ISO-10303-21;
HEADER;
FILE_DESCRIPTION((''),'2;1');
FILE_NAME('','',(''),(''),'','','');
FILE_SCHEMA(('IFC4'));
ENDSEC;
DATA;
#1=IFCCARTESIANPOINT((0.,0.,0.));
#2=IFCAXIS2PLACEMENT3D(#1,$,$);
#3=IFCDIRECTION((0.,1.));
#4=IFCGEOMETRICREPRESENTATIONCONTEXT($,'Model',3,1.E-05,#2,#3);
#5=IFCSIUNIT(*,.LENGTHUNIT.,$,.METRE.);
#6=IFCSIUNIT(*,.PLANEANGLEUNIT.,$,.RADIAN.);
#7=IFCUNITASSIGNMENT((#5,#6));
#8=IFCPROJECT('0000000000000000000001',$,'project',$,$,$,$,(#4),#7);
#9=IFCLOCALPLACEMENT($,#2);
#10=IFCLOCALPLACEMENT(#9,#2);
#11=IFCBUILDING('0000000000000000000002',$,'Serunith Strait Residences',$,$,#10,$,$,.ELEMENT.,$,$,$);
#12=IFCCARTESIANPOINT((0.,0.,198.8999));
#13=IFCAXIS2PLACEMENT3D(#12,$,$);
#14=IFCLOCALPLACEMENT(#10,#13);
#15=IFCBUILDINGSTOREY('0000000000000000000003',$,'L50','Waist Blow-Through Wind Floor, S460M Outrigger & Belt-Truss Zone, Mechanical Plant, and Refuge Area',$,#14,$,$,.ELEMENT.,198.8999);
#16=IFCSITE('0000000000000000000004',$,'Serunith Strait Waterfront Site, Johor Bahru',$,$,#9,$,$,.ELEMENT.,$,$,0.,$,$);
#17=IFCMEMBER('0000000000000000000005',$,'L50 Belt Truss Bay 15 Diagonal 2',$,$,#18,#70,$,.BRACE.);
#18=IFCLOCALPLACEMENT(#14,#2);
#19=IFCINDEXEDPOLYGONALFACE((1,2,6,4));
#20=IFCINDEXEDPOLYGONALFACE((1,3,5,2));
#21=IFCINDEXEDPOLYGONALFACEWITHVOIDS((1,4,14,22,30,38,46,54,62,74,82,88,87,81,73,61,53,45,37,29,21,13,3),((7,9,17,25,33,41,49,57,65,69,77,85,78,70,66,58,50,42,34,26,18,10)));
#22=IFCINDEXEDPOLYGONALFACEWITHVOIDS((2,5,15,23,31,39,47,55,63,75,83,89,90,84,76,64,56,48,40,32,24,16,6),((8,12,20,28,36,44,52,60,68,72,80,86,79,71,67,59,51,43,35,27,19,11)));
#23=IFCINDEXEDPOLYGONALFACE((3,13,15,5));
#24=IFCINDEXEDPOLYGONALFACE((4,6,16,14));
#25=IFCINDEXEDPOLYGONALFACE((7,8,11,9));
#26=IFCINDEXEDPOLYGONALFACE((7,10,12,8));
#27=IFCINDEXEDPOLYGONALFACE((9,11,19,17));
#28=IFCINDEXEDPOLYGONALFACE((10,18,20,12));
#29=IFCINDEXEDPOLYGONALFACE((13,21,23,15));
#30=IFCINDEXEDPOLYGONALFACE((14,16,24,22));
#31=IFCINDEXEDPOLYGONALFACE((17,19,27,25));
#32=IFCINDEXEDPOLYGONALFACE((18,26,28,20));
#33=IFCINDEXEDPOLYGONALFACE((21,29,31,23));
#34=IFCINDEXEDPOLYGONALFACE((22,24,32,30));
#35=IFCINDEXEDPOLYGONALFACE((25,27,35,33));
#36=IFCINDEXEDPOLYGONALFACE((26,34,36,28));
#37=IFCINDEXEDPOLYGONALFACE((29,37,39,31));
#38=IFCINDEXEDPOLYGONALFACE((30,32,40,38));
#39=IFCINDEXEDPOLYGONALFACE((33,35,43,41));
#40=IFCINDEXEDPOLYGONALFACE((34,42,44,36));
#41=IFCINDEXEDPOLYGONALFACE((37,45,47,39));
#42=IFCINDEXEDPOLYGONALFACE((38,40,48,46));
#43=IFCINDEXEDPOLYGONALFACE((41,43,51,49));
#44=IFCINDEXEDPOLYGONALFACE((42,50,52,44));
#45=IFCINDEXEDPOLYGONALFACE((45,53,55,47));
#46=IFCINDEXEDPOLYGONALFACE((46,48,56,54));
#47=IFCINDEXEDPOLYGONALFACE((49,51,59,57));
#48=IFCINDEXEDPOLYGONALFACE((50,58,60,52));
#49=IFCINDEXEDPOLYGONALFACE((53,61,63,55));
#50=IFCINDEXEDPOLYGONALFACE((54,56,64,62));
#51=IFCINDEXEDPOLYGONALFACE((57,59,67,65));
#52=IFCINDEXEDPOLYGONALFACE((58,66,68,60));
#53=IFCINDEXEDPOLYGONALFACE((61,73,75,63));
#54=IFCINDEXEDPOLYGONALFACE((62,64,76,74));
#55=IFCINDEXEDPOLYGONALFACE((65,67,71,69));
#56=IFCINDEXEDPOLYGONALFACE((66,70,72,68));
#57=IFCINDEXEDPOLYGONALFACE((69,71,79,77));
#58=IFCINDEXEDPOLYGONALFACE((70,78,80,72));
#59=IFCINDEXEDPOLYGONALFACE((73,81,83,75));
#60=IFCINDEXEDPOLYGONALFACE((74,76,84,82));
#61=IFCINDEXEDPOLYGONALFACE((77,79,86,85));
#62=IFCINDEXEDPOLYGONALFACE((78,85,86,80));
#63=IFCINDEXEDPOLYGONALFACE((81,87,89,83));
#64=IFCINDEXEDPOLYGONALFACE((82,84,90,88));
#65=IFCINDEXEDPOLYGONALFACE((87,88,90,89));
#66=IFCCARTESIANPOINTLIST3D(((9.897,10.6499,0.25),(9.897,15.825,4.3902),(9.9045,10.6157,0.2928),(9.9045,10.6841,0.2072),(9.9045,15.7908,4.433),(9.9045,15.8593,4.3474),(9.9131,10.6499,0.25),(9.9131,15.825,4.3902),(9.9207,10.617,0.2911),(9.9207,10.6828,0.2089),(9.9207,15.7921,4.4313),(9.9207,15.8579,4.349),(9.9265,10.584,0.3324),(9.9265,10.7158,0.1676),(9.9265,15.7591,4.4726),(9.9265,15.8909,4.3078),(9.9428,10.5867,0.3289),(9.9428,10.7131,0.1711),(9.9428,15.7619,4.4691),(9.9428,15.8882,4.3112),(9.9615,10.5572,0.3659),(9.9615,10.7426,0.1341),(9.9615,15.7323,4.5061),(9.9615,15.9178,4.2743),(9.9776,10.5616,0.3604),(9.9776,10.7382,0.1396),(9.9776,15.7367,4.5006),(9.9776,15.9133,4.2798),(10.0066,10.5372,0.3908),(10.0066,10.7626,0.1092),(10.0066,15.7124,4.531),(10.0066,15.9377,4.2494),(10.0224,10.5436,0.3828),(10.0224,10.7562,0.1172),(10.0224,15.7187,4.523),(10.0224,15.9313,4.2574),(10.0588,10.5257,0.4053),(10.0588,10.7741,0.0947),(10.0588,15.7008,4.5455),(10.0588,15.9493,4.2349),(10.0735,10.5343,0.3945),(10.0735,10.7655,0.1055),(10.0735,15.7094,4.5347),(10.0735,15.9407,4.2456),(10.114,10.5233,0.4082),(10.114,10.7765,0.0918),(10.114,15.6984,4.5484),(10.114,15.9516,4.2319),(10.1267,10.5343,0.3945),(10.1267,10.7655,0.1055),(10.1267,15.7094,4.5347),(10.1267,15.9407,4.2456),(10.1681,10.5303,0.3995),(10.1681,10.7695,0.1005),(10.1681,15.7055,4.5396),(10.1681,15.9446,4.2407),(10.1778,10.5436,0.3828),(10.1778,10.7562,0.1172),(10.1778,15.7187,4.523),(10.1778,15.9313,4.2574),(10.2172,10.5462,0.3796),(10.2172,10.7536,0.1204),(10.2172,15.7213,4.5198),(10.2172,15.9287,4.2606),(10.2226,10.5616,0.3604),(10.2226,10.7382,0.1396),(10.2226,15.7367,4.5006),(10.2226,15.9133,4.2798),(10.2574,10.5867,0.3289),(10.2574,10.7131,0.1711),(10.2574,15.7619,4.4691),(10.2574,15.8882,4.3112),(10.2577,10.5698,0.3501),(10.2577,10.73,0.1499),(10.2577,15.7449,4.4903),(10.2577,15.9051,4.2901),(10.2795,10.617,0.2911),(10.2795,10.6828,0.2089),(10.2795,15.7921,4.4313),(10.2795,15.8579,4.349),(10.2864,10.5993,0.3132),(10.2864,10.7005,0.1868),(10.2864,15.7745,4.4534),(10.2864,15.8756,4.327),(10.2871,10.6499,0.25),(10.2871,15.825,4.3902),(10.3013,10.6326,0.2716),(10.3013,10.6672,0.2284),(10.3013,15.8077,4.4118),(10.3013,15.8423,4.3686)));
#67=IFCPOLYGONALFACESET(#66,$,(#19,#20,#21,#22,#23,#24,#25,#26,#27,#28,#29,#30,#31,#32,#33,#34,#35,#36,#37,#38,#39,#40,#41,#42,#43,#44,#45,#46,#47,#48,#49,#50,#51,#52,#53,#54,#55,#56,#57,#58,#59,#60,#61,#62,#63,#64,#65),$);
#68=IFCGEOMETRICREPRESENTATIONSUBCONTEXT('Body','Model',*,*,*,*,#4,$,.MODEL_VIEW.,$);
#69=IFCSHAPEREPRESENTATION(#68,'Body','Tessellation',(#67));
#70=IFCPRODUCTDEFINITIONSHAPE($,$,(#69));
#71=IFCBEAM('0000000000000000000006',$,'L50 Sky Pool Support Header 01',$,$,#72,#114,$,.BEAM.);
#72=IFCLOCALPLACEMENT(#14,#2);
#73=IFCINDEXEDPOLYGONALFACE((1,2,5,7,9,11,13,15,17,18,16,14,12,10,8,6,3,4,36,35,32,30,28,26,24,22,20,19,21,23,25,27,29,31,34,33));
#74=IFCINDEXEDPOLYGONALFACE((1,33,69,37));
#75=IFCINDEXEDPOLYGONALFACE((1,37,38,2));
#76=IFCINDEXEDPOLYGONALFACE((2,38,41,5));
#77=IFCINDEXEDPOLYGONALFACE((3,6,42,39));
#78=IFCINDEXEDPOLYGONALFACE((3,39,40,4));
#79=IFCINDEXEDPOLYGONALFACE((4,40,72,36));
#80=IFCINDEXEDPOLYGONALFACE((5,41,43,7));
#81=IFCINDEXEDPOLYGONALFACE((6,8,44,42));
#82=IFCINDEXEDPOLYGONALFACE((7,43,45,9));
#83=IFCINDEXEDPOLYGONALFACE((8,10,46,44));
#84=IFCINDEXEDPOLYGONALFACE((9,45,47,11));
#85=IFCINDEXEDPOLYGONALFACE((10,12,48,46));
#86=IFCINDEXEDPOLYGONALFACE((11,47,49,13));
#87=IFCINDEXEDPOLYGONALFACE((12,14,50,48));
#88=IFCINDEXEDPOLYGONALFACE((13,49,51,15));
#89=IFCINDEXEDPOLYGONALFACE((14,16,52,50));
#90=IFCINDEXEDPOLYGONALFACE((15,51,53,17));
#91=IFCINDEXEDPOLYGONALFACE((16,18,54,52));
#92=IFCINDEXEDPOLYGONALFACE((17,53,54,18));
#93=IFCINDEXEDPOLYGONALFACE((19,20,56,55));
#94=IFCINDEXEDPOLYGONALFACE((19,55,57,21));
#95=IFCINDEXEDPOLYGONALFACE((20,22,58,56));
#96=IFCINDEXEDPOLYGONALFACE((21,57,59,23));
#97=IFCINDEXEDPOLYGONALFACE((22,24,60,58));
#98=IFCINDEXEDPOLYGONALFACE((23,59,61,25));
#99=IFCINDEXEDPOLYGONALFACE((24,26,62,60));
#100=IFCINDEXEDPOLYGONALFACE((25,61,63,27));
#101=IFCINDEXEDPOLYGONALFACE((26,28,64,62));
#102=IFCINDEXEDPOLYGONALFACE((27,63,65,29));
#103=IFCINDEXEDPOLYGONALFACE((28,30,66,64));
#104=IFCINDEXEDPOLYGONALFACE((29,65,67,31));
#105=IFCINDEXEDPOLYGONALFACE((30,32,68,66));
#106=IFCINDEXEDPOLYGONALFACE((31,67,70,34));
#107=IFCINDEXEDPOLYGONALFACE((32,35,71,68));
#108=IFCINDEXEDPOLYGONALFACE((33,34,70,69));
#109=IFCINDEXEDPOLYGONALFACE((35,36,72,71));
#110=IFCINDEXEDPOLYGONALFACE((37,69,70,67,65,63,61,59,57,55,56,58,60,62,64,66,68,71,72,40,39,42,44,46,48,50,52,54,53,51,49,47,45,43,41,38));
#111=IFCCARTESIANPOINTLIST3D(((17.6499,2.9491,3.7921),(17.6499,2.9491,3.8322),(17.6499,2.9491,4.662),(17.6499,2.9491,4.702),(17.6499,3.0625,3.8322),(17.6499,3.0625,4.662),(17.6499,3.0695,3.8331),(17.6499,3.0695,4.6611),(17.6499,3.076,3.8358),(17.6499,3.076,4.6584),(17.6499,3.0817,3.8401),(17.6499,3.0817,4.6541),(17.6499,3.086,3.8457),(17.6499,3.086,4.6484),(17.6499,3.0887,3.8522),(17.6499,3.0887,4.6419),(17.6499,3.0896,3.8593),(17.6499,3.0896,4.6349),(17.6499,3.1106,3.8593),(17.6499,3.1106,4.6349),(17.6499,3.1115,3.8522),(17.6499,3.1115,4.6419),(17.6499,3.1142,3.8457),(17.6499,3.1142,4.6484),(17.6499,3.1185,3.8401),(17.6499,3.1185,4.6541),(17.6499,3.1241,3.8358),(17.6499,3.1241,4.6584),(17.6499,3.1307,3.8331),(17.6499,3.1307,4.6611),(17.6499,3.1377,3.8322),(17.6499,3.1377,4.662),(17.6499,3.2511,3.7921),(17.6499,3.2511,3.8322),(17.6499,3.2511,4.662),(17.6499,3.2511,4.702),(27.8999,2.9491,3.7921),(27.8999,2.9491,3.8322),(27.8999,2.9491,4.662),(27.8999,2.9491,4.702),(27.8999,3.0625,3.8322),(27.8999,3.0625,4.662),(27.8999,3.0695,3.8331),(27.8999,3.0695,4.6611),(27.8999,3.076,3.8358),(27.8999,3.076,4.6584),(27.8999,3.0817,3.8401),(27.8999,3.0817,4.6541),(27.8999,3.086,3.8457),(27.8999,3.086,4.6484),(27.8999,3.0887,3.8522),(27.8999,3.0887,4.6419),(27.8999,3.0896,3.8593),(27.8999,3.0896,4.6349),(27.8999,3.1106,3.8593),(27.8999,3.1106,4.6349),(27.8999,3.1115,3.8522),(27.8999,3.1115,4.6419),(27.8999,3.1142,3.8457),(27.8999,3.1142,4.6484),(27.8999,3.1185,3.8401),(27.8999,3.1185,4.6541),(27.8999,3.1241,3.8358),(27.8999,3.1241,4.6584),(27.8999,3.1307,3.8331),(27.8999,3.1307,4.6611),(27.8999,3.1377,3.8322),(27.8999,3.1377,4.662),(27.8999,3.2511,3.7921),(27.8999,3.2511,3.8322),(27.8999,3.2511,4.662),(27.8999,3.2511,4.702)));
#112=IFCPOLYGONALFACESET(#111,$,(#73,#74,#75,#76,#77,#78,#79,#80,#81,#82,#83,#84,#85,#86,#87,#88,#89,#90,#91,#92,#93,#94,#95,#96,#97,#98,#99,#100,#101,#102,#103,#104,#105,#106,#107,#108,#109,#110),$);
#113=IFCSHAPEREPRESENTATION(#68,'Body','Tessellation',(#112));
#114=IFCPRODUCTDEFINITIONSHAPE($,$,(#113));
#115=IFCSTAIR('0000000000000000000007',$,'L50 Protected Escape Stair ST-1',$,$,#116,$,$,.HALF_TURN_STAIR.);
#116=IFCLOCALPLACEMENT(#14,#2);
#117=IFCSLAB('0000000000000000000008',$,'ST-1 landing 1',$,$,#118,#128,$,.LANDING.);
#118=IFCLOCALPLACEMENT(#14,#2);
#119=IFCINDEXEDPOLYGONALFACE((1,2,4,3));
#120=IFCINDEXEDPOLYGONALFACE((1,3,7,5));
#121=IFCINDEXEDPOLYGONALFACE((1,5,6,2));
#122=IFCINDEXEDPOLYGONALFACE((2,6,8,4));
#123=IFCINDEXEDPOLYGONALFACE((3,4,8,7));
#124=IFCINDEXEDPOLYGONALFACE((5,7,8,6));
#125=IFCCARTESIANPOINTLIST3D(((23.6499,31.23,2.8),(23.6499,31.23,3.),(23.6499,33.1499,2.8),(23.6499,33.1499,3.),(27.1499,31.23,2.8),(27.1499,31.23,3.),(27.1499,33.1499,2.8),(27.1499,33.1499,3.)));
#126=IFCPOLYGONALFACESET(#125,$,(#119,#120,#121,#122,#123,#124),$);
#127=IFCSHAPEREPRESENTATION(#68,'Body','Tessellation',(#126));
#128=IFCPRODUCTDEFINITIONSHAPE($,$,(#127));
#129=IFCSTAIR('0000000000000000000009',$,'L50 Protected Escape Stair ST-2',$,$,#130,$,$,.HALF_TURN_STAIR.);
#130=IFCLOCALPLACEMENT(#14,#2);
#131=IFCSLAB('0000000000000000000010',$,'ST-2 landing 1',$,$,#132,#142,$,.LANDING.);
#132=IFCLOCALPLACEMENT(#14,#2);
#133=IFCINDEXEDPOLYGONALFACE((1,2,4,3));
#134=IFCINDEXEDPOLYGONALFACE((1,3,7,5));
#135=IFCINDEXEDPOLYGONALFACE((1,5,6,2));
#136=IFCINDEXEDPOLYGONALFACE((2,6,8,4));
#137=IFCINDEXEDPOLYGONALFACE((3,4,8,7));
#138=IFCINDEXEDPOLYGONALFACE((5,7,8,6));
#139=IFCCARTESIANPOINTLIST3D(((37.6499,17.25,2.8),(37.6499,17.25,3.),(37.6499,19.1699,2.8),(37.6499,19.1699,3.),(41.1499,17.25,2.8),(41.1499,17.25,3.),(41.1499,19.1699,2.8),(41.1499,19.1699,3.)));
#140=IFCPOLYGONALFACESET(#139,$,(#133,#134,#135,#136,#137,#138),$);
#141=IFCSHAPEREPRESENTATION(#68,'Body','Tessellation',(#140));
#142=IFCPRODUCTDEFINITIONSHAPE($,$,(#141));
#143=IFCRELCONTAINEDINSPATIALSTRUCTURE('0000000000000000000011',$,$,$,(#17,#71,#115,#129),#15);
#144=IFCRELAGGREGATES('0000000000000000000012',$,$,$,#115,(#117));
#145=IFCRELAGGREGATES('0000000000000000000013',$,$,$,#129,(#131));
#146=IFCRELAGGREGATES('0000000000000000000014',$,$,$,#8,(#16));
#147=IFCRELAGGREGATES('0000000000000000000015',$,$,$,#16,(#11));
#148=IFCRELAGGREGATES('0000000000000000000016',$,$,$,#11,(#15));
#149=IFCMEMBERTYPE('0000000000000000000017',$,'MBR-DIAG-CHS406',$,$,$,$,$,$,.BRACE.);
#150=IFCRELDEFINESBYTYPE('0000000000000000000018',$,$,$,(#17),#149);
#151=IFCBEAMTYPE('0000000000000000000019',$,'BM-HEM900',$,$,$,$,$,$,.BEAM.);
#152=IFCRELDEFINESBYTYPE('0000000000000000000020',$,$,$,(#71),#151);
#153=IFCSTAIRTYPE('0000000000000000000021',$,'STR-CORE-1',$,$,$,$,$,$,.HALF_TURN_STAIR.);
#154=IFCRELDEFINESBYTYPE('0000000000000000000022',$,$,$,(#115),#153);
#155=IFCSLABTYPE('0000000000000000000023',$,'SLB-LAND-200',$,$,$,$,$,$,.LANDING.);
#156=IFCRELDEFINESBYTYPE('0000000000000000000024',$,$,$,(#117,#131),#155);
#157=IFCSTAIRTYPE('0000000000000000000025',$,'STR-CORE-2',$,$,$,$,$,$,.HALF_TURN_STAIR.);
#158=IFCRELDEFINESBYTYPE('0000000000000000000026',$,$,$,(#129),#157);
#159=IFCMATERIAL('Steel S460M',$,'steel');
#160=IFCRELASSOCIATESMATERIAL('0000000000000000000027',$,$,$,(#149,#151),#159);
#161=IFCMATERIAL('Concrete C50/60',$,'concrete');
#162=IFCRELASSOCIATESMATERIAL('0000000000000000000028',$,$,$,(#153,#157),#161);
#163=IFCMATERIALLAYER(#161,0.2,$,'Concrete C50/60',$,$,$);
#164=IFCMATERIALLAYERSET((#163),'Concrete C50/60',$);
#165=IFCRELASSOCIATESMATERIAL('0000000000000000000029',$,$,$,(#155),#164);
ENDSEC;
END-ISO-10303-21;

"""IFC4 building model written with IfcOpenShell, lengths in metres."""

from ifc_helpers import new_model, si_unit, direction, frame, origin, origin_2d, place, context, subcontext, project, spatial, polyline, hollow_circle, i_section, outline, extrude, source, transform, mapped, material, layer, layer_set, material_profile, profile_set, type_object, element, aggregate, save


model = new_model("IFC4")

# Units and contexts
model_context = context("Model", 3, precision=1e-05, world=origin(), true_north=direction((0.0, 1.0)))
body_context = subcontext(model_context, "Body", "Model", "MODEL_VIEW")
ifc_project = project(units=[si_unit("LENGTHUNIT", "METRE"), si_unit("PLANEANGLEUNIT", "RADIAN")], contexts=[model_context])

# Site, building, storey
site_placement = place(None, origin())
site = spatial("IfcSite", under=ifc_project, at=site_placement, Name="Serunith Strait Waterfront Site, Johor Bahru", CompositionType="ELEMENT", RefElevation=0.0)
building_placement = place(site_placement, origin())
building = spatial("IfcBuilding", under=site, at=building_placement, Name="Serunith Strait Residences", CompositionType="ELEMENT")
storey_placement = place(building_placement, frame((0.0, 0.0, 198.8999)))
storey = spatial("IfcBuildingStorey", under=building, at=storey_placement, Name="L50", Description="Waist Blow-Through Wind Floor, S460M Outrigger & Belt-Truss Zone, Mechanical Plant, and Refuge Area", CompositionType="ELEMENT", Elevation=198.8999)

# Member
ifc_material_1 = material(Name="Steel S460M", Category="steel")
ifc_material_profile_1 = material_profile(ifc_material_1, hollow_circle(Radius=0.2031, WallThickness=0.0161, at=origin_2d()), Name="CHS 406.4x16")
ifc_profile_set_1 = profile_set([ifc_material_profile_1], Name="Steel S460M")
member_type_1 = type_object("IfcMemberType", Name="MBR-DIAG-CHS406", PredefinedType="BRACE", material=ifc_profile_set_1)
shared_shape_1 = source(origin(), body_context, "Body", "SweptSolid", [
    extrude(hollow_circle(Radius=0.2031, WallThickness=0.0161, at=origin_2d()), origin(), (0.0, 0.0, 1.0), 6.6274),
])
member_1_placement = place(storey_placement, frame((10.1001, 10.6499, 0.25), z_axis=(0.0, 0.780862, 0.624704), x_axis=(-1.0, 0.0, 0.0)))
element("IfcMember", 1, at=member_1_placement, inside=storey, type_object=member_type_1, Name="L50 Belt Truss Bay 15 Diagonal 2", PredefinedType="BRACE", context=body_context, shape_type="MappedRepresentation", body=[
    mapped(shared_shape_1, transform((0.0, 0.0, 0.0), scale=1.0)),
])

# Beam
ifc_material_profile_2 = material_profile(ifc_material_1, i_section(OverallWidth=0.302, OverallDepth=0.9099, WebThickness=0.021, FlangeThickness=0.04, FilletRadius=0.0271, at=origin_2d()), Name="HEM 900")
ifc_profile_set_2 = profile_set([ifc_material_profile_2], Name="Steel S460M")
beam_type_1 = type_object("IfcBeamType", Name="BM-HEM900", PredefinedType="BEAM", material=ifc_profile_set_2)
shared_shape_2 = source(origin(), body_context, "Body", "SweptSolid", [
    extrude(i_section(OverallWidth=0.302, OverallDepth=0.9099, WebThickness=0.021, FlangeThickness=0.04, FilletRadius=0.0271, at=origin_2d()), origin(), (0.0, 0.0, 1.0), 10.25),
])
beam_1_placement = place(storey_placement, frame((17.6499, 3.1001, 4.2471), z_axis=(1.0, 0.0, 0.0), x_axis=(0.0, 1.0, 0.0)))
element("IfcBeam", 2, at=beam_1_placement, inside=storey, type_object=beam_type_1, Name="L50 Sky Pool Support Header 01", PredefinedType="BEAM", context=body_context, shape_type="MappedRepresentation", body=[
    mapped(shared_shape_2, transform((0.0, 0.0, 0.0), scale=1.0)),
])

# Stairs, slabs
ifc_material_2 = material(Name="Concrete C50/60", Category="concrete")
stair_type_1 = type_object("IfcStairType", Name="STR-CORE-1", PredefinedType="HALF_TURN_STAIR", material=ifc_material_2)
stair_1_placement = place(storey_placement, origin())
stair_1 = element("IfcStair", 3, at=stair_1_placement, inside=storey, type_object=stair_type_1, Name="L50 Protected Escape Stair ST-1", PredefinedType="HALF_TURN_STAIR")
ifc_layer_1 = layer(ifc_material_2, 0.2, Name="Concrete C50/60")
ifc_layer_set_1 = layer_set([ifc_layer_1], Name="Concrete C50/60")
slab_type_1 = type_object("IfcSlabType", Name="SLB-LAND-200", PredefinedType="LANDING", material=ifc_layer_set_1)
slab_1_placement = place(storey_placement, frame((0.0, 0.0, 2.8)))
slab_1 = element("IfcSlab", 4, at=slab_1_placement, type_object=slab_type_1, Name="ST-1 landing 1", PredefinedType="LANDING", context=body_context, shape_type="SweptSolid", body=[
    extrude(outline(polyline([(27.1499, 31.23), (27.1499, 33.1499), (23.6499, 33.1499), (23.6499, 31.23), (27.1499, 31.23)])), origin(), (0.0, 0.0, 1.0), 0.2),
])
aggregate(stair_1, [slab_1])
stair_type_2 = type_object("IfcStairType", Name="STR-CORE-2", PredefinedType="HALF_TURN_STAIR", material=ifc_material_2)
stair_2_placement = place(storey_placement, origin())
stair_2 = element("IfcStair", 5, at=stair_2_placement, inside=storey, type_object=stair_type_2, Name="L50 Protected Escape Stair ST-2", PredefinedType="HALF_TURN_STAIR")
slab_2_placement = place(storey_placement, frame((0.0, 0.0, 2.8)))
slab_2 = element("IfcSlab", 6, at=slab_2_placement, type_object=slab_type_1, Name="ST-2 landing 1", PredefinedType="LANDING", context=body_context, shape_type="SweptSolid", body=[
    extrude(outline(polyline([(37.6499, 19.1699), (37.6499, 17.25), (41.1499, 17.25), (41.1499, 19.1699), (37.6499, 19.1699)])), origin(), (0.0, 0.0, 1.0), 0.2),
])
aggregate(stair_2, [slab_2])

save(model, "model.ifc")
